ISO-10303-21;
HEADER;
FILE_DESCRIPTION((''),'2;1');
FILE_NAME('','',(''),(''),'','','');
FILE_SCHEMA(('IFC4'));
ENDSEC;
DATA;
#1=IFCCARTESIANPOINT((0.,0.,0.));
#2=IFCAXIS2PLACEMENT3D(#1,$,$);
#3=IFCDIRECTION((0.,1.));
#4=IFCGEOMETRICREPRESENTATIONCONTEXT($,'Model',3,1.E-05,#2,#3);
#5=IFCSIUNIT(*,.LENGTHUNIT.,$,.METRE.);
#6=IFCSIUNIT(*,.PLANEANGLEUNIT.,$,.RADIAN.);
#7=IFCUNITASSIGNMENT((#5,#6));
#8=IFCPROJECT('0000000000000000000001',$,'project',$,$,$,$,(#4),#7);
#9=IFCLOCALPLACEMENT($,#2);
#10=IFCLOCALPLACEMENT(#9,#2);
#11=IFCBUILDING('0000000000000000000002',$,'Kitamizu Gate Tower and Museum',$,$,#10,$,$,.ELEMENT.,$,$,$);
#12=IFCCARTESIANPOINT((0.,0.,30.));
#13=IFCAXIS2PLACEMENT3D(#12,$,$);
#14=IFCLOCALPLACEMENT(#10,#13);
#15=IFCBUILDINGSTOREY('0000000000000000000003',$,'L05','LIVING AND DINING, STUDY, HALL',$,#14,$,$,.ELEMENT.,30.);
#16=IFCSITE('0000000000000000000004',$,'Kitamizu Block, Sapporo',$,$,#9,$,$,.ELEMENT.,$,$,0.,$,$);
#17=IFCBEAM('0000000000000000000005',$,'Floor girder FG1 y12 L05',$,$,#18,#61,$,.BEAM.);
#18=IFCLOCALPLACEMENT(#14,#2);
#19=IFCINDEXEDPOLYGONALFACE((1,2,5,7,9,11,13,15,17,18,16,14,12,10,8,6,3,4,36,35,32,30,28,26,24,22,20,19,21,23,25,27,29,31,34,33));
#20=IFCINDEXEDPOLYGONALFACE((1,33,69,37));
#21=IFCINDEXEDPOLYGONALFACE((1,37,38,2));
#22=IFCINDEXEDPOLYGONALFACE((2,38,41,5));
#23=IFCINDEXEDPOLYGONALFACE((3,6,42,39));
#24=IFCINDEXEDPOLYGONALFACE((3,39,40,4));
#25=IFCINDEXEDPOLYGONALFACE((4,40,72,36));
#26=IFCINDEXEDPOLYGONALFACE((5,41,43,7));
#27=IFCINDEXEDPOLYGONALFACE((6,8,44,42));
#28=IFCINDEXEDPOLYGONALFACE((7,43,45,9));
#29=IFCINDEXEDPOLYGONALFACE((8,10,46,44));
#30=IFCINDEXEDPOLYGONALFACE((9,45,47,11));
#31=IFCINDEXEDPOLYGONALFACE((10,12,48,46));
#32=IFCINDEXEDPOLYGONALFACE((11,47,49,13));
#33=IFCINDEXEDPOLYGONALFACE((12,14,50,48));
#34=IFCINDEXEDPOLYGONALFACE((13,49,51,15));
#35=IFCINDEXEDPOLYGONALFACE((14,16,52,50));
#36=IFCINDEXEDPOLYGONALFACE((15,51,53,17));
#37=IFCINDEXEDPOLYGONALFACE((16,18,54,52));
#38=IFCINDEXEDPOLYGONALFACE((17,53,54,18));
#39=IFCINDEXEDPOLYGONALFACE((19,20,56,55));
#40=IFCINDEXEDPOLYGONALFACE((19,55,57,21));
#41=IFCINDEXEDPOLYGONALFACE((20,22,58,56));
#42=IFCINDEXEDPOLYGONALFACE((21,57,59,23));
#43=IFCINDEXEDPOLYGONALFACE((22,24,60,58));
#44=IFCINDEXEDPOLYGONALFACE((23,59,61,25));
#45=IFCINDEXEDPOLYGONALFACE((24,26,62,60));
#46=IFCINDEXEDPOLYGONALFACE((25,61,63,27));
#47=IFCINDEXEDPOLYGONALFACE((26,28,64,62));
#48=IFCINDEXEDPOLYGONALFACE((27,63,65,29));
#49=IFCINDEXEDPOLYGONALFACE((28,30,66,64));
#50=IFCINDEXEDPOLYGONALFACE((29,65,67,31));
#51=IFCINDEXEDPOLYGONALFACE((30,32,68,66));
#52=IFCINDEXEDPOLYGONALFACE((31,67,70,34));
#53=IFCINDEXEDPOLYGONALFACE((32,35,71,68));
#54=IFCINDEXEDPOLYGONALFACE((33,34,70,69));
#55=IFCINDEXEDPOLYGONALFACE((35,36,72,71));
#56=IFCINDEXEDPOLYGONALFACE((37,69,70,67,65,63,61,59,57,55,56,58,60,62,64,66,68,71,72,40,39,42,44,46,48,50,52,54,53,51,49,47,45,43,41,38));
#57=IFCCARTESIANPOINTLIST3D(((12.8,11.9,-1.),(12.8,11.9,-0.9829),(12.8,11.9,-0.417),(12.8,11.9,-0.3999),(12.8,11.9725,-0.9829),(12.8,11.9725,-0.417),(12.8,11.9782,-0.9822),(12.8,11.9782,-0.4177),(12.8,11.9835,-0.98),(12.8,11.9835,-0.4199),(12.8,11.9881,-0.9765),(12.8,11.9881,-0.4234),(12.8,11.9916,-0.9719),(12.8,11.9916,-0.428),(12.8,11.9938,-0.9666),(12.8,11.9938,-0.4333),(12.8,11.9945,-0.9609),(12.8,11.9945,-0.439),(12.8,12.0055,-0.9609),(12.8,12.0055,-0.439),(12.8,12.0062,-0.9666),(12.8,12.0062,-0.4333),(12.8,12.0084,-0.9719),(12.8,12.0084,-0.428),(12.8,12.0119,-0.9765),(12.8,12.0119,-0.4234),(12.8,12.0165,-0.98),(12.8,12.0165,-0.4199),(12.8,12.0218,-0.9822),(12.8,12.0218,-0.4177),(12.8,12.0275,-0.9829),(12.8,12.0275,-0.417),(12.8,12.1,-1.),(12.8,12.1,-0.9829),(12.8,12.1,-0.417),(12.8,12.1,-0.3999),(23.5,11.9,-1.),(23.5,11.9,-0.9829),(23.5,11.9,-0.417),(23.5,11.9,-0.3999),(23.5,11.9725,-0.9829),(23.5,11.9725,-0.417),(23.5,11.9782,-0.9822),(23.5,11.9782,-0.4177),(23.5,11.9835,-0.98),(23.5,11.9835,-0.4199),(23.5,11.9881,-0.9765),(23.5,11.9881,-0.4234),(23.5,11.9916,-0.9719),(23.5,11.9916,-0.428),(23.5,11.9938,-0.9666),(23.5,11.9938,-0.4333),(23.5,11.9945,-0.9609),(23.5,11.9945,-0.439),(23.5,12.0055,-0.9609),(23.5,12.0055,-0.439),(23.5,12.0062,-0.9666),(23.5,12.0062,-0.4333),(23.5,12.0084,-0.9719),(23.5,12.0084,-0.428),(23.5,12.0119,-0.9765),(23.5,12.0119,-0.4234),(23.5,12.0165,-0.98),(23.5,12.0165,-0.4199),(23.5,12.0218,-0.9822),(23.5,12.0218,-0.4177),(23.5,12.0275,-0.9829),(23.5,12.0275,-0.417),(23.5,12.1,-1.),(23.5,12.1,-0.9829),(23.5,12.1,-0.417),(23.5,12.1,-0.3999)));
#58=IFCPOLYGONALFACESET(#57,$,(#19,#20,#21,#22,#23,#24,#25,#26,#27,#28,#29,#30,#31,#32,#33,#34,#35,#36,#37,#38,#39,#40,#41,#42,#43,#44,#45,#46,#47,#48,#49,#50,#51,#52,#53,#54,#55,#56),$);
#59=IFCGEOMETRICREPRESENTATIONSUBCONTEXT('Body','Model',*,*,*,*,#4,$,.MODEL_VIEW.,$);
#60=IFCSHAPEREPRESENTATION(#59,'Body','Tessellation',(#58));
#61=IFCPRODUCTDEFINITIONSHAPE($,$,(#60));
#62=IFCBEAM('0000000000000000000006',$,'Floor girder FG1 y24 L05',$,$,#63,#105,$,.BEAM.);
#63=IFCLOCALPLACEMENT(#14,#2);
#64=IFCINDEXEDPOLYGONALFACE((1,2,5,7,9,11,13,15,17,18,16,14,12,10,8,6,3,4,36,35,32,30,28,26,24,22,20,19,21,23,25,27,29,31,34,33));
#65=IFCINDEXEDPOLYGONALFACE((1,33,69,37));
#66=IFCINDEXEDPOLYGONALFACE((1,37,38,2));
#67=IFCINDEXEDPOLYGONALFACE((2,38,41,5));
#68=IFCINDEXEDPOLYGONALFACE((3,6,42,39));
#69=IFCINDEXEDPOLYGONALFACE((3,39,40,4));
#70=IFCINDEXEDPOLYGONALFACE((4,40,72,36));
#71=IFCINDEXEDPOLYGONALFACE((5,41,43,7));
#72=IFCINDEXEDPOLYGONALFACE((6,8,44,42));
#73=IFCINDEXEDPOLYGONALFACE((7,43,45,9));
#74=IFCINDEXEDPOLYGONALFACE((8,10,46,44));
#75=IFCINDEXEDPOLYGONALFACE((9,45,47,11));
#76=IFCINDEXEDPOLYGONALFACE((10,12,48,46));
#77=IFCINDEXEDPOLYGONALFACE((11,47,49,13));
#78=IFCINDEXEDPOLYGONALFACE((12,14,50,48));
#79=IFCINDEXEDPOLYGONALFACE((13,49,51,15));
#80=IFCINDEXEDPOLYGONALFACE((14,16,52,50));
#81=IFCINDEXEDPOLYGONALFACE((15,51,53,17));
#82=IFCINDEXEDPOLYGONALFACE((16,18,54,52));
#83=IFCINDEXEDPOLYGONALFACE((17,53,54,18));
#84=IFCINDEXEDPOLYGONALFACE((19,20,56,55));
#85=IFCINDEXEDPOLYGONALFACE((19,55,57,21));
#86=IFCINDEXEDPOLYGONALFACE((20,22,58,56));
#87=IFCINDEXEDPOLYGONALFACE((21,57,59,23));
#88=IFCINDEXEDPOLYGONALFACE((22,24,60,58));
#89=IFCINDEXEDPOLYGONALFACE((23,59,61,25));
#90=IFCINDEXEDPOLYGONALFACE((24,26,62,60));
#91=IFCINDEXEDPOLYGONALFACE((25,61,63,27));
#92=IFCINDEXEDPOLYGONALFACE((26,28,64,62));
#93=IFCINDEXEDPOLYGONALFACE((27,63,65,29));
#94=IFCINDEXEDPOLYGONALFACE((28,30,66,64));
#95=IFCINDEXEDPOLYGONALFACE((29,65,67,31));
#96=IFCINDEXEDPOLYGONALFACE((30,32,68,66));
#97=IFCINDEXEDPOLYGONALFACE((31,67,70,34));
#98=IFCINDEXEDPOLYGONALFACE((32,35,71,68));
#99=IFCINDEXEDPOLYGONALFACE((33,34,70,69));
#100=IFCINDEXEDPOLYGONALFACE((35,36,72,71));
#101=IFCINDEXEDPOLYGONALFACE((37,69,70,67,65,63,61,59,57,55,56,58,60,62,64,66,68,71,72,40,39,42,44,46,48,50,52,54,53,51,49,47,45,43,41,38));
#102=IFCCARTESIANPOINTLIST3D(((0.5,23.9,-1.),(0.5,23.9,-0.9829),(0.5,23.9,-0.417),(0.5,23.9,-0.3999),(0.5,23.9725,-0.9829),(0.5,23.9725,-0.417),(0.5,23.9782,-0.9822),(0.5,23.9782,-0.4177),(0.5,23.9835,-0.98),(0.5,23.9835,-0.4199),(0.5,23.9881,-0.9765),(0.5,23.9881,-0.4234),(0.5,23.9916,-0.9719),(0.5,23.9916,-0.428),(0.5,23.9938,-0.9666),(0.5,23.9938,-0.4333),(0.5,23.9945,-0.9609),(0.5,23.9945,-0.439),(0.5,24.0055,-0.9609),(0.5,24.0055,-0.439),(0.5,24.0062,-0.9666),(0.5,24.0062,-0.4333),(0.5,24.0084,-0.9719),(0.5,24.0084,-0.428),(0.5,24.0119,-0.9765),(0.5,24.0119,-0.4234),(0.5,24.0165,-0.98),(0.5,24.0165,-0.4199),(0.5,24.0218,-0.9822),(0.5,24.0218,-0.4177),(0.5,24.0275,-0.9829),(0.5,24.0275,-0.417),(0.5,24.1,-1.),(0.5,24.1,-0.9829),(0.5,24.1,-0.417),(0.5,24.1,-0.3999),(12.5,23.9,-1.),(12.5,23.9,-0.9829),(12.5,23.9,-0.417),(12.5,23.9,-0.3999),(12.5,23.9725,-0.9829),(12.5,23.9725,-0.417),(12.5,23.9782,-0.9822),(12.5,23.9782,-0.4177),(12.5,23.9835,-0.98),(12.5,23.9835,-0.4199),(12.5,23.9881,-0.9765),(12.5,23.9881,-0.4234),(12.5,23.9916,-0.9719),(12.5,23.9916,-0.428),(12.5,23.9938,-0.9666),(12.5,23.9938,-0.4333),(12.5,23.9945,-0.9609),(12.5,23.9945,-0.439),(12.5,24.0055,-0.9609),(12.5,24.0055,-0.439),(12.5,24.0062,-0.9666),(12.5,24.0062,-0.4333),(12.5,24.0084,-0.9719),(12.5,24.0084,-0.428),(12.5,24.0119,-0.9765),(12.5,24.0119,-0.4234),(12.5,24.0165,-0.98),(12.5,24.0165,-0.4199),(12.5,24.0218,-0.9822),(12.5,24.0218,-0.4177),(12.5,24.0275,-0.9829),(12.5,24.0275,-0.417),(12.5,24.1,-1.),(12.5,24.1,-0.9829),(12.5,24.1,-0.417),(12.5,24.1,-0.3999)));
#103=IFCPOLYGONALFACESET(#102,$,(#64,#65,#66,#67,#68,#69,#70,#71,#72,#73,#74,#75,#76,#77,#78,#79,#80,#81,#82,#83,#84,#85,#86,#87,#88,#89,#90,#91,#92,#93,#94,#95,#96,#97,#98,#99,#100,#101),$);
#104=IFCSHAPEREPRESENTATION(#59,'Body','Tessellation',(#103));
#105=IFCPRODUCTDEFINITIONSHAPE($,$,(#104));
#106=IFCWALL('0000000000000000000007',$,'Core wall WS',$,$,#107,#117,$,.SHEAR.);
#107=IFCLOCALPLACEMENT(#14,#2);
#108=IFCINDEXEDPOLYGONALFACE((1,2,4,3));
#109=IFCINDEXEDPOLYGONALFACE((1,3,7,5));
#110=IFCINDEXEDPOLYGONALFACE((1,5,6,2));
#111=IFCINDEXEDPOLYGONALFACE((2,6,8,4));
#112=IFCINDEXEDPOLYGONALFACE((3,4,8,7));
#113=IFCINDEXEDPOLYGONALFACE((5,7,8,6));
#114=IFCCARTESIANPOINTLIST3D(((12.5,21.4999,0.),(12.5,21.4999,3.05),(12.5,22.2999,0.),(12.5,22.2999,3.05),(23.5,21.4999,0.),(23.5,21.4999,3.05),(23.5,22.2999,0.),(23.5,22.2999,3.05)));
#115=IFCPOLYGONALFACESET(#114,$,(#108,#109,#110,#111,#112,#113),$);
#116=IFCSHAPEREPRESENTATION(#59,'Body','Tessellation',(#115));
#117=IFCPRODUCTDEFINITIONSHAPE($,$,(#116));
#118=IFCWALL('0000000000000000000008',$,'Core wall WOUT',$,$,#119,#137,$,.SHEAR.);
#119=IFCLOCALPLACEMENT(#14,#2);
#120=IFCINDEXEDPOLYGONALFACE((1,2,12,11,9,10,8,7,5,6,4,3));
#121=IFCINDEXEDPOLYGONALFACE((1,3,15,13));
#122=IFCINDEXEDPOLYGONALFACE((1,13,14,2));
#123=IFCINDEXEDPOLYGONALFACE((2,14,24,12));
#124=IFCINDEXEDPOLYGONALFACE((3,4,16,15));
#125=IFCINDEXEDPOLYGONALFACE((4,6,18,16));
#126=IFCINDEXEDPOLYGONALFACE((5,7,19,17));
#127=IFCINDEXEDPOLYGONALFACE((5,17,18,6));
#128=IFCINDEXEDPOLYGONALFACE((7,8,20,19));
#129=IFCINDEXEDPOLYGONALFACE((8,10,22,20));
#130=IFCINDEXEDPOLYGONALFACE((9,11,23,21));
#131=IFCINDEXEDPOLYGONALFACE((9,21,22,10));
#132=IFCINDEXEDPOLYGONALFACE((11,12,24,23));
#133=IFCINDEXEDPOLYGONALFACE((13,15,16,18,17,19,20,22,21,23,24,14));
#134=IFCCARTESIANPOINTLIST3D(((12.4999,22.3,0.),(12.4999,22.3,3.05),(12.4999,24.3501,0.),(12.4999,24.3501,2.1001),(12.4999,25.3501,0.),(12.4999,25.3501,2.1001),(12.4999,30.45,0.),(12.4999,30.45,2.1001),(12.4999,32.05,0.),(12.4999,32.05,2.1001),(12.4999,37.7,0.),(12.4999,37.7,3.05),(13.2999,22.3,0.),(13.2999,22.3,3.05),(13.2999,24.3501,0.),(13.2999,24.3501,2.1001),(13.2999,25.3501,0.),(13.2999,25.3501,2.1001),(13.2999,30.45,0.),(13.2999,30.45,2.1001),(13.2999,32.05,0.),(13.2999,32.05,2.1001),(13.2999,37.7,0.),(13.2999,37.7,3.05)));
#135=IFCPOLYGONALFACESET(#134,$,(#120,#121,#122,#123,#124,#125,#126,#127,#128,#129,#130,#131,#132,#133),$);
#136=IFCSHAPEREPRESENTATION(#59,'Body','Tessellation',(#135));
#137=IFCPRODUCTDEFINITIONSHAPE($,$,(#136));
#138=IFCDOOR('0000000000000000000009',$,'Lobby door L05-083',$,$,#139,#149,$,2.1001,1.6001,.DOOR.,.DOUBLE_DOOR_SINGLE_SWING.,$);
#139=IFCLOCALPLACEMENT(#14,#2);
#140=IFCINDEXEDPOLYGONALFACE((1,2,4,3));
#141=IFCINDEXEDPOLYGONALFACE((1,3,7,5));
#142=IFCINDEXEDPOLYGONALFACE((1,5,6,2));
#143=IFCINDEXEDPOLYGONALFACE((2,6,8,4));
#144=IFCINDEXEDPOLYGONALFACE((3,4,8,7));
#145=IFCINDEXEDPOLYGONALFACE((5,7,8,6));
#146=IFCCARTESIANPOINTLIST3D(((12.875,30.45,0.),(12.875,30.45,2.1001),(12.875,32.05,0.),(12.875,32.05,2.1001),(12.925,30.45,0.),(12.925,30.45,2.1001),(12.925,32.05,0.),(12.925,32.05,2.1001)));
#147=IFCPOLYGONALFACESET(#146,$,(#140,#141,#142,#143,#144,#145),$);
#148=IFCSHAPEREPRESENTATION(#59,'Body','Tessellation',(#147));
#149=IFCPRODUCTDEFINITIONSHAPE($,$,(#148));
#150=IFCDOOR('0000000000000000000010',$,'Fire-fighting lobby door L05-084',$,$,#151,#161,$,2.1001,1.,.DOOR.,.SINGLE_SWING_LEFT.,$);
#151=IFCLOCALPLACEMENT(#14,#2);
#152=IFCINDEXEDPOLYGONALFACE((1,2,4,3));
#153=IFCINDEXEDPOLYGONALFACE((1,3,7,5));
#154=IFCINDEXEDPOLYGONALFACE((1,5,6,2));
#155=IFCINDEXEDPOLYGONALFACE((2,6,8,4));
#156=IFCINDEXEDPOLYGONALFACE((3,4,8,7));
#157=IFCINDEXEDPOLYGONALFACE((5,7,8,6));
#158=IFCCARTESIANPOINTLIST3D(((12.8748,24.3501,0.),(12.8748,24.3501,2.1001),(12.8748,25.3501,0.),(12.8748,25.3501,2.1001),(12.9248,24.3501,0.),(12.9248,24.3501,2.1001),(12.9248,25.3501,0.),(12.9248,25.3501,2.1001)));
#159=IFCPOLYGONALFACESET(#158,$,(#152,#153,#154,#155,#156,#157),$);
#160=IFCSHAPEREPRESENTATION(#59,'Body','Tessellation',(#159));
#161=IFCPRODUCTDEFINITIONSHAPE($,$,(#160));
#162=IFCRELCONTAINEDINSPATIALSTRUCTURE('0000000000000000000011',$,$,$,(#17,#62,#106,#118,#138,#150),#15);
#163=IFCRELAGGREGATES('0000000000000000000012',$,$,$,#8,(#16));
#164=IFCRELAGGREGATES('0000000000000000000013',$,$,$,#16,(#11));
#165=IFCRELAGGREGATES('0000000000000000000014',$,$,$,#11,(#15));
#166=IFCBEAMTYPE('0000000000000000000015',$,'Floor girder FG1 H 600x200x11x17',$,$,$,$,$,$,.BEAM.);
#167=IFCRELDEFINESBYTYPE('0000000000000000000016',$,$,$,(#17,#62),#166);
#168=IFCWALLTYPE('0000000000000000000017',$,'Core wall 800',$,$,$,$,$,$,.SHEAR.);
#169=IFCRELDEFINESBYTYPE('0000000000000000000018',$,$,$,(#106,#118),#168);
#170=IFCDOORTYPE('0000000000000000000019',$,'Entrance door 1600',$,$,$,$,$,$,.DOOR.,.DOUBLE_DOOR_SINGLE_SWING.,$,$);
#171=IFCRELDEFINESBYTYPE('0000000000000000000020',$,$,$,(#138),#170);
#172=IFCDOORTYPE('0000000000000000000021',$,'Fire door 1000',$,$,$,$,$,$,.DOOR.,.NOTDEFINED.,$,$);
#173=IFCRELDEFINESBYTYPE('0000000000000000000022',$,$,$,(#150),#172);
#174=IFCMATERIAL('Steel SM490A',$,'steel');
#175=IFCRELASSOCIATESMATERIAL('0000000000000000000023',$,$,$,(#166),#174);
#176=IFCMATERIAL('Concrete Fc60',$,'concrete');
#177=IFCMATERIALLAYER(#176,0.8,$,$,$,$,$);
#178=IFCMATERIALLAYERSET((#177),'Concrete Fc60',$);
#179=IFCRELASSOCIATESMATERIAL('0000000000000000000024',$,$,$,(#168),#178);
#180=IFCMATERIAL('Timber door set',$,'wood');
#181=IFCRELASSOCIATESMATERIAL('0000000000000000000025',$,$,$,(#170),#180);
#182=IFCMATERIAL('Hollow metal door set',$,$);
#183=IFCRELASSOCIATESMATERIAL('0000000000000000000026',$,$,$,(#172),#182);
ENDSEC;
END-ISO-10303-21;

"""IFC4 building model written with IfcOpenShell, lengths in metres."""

from ifc_helpers import new_model, si_unit, direction, frame, frame_2d, origin, origin_2d, place, context, subcontext, project, spatial, rectangle, i_section, extrude, material, layer, layer_set, material_profile, profile_set, type_object, element, fill, save


model = new_model("IFC4")

# Units and contexts
model_context = context("Model", 3, precision=1e-05, world=origin(), true_north=direction((0.0, 1.0)))
body_context = subcontext(model_context, "Body", "Model", "MODEL_VIEW")
ifc_project = project(units=[si_unit("LENGTHUNIT", "METRE"), si_unit("PLANEANGLEUNIT", "RADIAN")], contexts=[model_context])

# Site, building, storey
site_placement = place(None, origin())
site = spatial("IfcSite", under=ifc_project, at=site_placement, Name="Kitamizu Block, Sapporo", CompositionType="ELEMENT", RefElevation=0.0)
building_placement = place(site_placement, origin())
building = spatial("IfcBuilding", under=site, at=building_placement, Name="Kitamizu Gate Tower and Museum", CompositionType="ELEMENT")
storey_placement = place(building_placement, frame((0.0, 0.0, 30.0)))
storey = spatial("IfcBuildingStorey", under=building, at=storey_placement, Name="L05", Description="LIVING AND DINING, STUDY, HALL", CompositionType="ELEMENT", Elevation=30.0)

# Beams
ifc_material_1 = material(Name="Steel SM490A", Category="steel")
ifc_material_profile_1 = material_profile(ifc_material_1, i_section(OverallWidth=0.2, OverallDepth=0.6001, WebThickness=0.011, FlangeThickness=0.0171, FilletRadius=0.022, at=origin_2d()), Name="H-600x200x11x17")
ifc_profile_set_1 = profile_set([ifc_material_profile_1], Name="Steel SM490A")
beam_type_1 = type_object("IfcBeamType", Name="Floor girder FG1 H 600x200x11x17", PredefinedType="BEAM", material=ifc_profile_set_1)
beam_1_placement = place(storey_placement, frame((12.8, 12.0, -0.7), z_axis=(1.0, 0.0, 0.0), x_axis=(0.0, 1.0, 0.0)))
element("IfcBeam", 1, at=beam_1_placement, inside=storey, type_object=beam_type_1, Name="Floor girder FG1 y12 L05", PredefinedType="BEAM", context=body_context, shape_type="SweptSolid", body=[
    extrude(i_section(OverallWidth=0.2, OverallDepth=0.6001, WebThickness=0.011, FlangeThickness=0.0171, FilletRadius=0.022, at=origin_2d()), origin(), (0.0, 0.0, 1.0), 10.7),
])
beam_2_placement = place(storey_placement, frame((0.5, 24.0, -0.7), z_axis=(1.0, 0.0, 0.0), x_axis=(0.0, 1.0, 0.0)))
element("IfcBeam", 2, at=beam_2_placement, inside=storey, type_object=beam_type_1, Name="Floor girder FG1 y24 L05", PredefinedType="BEAM", context=body_context, shape_type="SweptSolid", body=[
    extrude(i_section(OverallWidth=0.2, OverallDepth=0.6001, WebThickness=0.011, FlangeThickness=0.0171, FilletRadius=0.022, at=origin_2d()), origin(), (0.0, 0.0, 1.0), 12.0),
])

# Wall
ifc_material_2 = material(Name="Concrete Fc60", Category="concrete")
ifc_layer_1 = layer(ifc_material_2, 0.8)
ifc_layer_set_1 = layer_set([ifc_layer_1], Name="Concrete Fc60")
wall_type_1 = type_object("IfcWallType", Name="Core wall 800", PredefinedType="SHEAR", material=ifc_layer_set_1)
wall_1_placement = place(storey_placement, frame((12.5, 21.8999, 0.0), z_axis=(0.0, 0.0, 1.0), x_axis=(1.0, 0.0, 0.0)))
element("IfcWall", 3, at=wall_1_placement, inside=storey, type_object=wall_type_1, Name="Core wall WS", PredefinedType="SHEAR", context=body_context, shape_type="SweptSolid", body=[
    extrude(rectangle(XDim=11.0, YDim=0.8, at=frame_2d((5.5, 0.0))), origin(), (0.0, 0.0, 1.0), 3.05),
])

# Wall, openings, doors
wall_2_placement = place(storey_placement, frame((12.8999, 22.3, 0.0), z_axis=(0.0, 0.0, 1.0), x_axis=(0.0, 1.0, 0.0)))
wall_2 = element("IfcWall", 4, at=wall_2_placement, inside=storey, type_object=wall_type_1, Name="Core wall WOUT", PredefinedType="SHEAR", context=body_context, shape_type="SweptSolid", body=[
    extrude(rectangle(XDim=15.3999, YDim=0.8, at=frame_2d((7.7, 0.0))), origin(), (0.0, 0.0, 1.0), 3.05),
])
opening_1_placement = place(wall_2_placement, frame((8.1499, 0.0, 0.0)))
opening_1 = element("IfcOpeningElement", 5, at=opening_1_placement, cuts=wall_2, PredefinedType="OPENING", context=body_context, shape_type="SweptSolid", body=[
    extrude(rectangle(XDim=1.6001, YDim=2.1001, at=frame_2d((0.8, 1.05))), frame((0.0, 0.4102, 0.0), z_axis=(0.0, -1.0, 0.0), x_axis=(1.0, 0.0, 0.0)), (0.0, 0.0, 1.0), 0.8201),
])
opening_2_placement = place(wall_2_placement, frame((2.05, 0.0, 0.0)))
opening_2 = element("IfcOpeningElement", 6, at=opening_2_placement, cuts=wall_2, PredefinedType="OPENING", context=body_context, shape_type="SweptSolid", body=[
    extrude(rectangle(XDim=1.0, YDim=2.1001, at=frame_2d((0.5, 1.05))), frame((0.0, 0.4102, 0.0), z_axis=(0.0, -1.0, 0.0), x_axis=(1.0, 0.0, 0.0)), (0.0, 0.0, 1.0), 0.8201),
])
ifc_material_3 = material(Name="Timber door set", Category="wood")
door_type_1 = type_object("IfcDoorType", Name="Entrance door 1600", OperationType="DOUBLE_DOOR_SINGLE_SWING", PredefinedType="DOOR", material=ifc_material_3)
door_1_placement = place(opening_1_placement, origin())
door_1 = element("IfcDoor", 7, at=door_1_placement, inside=storey, type_object=door_type_1, Name="Lobby door L05-083", OperationType="DOUBLE_DOOR_SINGLE_SWING", OverallHeight=2.1001, OverallWidth=1.6001, PredefinedType="DOOR", context=body_context, shape_type="SweptSolid", body=[
    extrude(rectangle(XDim=1.6001, YDim=2.1001, at=frame_2d((0.8, 1.05))), frame((0.0, 0.0249, 0.0), z_axis=(0.0, -1.0, 0.0), x_axis=(1.0, 0.0, 0.0)), (0.0, 0.0, 1.0), 0.05),
])
fill(opening_1, door_1)
ifc_material_4 = material(Name="Hollow metal door set")
door_type_2 = type_object("IfcDoorType", Name="Fire door 1000", OperationType="NOTDEFINED", PredefinedType="DOOR", material=ifc_material_4)
door_2_placement = place(opening_2_placement, frame((1.0, 0.0, 0.0), x_axis=(-1.0, 0.0, 0.0)))
door_2 = element("IfcDoor", 8, at=door_2_placement, inside=storey, type_object=door_type_2, Name="Fire-fighting lobby door L05-084", OperationType="SINGLE_SWING_LEFT", OverallHeight=2.1001, OverallWidth=1.0, PredefinedType="DOOR", context=body_context, shape_type="SweptSolid", body=[
    extrude(rectangle(XDim=1.0, YDim=2.1001, at=frame_2d((0.5, 1.05))), frame((0.0, 0.0249, 0.0), z_axis=(0.0, -1.0, 0.0), x_axis=(1.0, 0.0, 0.0)), (0.0, 0.0, 1.0), 0.05),
])
fill(opening_2, door_2)

save(model, "model.ifc")
